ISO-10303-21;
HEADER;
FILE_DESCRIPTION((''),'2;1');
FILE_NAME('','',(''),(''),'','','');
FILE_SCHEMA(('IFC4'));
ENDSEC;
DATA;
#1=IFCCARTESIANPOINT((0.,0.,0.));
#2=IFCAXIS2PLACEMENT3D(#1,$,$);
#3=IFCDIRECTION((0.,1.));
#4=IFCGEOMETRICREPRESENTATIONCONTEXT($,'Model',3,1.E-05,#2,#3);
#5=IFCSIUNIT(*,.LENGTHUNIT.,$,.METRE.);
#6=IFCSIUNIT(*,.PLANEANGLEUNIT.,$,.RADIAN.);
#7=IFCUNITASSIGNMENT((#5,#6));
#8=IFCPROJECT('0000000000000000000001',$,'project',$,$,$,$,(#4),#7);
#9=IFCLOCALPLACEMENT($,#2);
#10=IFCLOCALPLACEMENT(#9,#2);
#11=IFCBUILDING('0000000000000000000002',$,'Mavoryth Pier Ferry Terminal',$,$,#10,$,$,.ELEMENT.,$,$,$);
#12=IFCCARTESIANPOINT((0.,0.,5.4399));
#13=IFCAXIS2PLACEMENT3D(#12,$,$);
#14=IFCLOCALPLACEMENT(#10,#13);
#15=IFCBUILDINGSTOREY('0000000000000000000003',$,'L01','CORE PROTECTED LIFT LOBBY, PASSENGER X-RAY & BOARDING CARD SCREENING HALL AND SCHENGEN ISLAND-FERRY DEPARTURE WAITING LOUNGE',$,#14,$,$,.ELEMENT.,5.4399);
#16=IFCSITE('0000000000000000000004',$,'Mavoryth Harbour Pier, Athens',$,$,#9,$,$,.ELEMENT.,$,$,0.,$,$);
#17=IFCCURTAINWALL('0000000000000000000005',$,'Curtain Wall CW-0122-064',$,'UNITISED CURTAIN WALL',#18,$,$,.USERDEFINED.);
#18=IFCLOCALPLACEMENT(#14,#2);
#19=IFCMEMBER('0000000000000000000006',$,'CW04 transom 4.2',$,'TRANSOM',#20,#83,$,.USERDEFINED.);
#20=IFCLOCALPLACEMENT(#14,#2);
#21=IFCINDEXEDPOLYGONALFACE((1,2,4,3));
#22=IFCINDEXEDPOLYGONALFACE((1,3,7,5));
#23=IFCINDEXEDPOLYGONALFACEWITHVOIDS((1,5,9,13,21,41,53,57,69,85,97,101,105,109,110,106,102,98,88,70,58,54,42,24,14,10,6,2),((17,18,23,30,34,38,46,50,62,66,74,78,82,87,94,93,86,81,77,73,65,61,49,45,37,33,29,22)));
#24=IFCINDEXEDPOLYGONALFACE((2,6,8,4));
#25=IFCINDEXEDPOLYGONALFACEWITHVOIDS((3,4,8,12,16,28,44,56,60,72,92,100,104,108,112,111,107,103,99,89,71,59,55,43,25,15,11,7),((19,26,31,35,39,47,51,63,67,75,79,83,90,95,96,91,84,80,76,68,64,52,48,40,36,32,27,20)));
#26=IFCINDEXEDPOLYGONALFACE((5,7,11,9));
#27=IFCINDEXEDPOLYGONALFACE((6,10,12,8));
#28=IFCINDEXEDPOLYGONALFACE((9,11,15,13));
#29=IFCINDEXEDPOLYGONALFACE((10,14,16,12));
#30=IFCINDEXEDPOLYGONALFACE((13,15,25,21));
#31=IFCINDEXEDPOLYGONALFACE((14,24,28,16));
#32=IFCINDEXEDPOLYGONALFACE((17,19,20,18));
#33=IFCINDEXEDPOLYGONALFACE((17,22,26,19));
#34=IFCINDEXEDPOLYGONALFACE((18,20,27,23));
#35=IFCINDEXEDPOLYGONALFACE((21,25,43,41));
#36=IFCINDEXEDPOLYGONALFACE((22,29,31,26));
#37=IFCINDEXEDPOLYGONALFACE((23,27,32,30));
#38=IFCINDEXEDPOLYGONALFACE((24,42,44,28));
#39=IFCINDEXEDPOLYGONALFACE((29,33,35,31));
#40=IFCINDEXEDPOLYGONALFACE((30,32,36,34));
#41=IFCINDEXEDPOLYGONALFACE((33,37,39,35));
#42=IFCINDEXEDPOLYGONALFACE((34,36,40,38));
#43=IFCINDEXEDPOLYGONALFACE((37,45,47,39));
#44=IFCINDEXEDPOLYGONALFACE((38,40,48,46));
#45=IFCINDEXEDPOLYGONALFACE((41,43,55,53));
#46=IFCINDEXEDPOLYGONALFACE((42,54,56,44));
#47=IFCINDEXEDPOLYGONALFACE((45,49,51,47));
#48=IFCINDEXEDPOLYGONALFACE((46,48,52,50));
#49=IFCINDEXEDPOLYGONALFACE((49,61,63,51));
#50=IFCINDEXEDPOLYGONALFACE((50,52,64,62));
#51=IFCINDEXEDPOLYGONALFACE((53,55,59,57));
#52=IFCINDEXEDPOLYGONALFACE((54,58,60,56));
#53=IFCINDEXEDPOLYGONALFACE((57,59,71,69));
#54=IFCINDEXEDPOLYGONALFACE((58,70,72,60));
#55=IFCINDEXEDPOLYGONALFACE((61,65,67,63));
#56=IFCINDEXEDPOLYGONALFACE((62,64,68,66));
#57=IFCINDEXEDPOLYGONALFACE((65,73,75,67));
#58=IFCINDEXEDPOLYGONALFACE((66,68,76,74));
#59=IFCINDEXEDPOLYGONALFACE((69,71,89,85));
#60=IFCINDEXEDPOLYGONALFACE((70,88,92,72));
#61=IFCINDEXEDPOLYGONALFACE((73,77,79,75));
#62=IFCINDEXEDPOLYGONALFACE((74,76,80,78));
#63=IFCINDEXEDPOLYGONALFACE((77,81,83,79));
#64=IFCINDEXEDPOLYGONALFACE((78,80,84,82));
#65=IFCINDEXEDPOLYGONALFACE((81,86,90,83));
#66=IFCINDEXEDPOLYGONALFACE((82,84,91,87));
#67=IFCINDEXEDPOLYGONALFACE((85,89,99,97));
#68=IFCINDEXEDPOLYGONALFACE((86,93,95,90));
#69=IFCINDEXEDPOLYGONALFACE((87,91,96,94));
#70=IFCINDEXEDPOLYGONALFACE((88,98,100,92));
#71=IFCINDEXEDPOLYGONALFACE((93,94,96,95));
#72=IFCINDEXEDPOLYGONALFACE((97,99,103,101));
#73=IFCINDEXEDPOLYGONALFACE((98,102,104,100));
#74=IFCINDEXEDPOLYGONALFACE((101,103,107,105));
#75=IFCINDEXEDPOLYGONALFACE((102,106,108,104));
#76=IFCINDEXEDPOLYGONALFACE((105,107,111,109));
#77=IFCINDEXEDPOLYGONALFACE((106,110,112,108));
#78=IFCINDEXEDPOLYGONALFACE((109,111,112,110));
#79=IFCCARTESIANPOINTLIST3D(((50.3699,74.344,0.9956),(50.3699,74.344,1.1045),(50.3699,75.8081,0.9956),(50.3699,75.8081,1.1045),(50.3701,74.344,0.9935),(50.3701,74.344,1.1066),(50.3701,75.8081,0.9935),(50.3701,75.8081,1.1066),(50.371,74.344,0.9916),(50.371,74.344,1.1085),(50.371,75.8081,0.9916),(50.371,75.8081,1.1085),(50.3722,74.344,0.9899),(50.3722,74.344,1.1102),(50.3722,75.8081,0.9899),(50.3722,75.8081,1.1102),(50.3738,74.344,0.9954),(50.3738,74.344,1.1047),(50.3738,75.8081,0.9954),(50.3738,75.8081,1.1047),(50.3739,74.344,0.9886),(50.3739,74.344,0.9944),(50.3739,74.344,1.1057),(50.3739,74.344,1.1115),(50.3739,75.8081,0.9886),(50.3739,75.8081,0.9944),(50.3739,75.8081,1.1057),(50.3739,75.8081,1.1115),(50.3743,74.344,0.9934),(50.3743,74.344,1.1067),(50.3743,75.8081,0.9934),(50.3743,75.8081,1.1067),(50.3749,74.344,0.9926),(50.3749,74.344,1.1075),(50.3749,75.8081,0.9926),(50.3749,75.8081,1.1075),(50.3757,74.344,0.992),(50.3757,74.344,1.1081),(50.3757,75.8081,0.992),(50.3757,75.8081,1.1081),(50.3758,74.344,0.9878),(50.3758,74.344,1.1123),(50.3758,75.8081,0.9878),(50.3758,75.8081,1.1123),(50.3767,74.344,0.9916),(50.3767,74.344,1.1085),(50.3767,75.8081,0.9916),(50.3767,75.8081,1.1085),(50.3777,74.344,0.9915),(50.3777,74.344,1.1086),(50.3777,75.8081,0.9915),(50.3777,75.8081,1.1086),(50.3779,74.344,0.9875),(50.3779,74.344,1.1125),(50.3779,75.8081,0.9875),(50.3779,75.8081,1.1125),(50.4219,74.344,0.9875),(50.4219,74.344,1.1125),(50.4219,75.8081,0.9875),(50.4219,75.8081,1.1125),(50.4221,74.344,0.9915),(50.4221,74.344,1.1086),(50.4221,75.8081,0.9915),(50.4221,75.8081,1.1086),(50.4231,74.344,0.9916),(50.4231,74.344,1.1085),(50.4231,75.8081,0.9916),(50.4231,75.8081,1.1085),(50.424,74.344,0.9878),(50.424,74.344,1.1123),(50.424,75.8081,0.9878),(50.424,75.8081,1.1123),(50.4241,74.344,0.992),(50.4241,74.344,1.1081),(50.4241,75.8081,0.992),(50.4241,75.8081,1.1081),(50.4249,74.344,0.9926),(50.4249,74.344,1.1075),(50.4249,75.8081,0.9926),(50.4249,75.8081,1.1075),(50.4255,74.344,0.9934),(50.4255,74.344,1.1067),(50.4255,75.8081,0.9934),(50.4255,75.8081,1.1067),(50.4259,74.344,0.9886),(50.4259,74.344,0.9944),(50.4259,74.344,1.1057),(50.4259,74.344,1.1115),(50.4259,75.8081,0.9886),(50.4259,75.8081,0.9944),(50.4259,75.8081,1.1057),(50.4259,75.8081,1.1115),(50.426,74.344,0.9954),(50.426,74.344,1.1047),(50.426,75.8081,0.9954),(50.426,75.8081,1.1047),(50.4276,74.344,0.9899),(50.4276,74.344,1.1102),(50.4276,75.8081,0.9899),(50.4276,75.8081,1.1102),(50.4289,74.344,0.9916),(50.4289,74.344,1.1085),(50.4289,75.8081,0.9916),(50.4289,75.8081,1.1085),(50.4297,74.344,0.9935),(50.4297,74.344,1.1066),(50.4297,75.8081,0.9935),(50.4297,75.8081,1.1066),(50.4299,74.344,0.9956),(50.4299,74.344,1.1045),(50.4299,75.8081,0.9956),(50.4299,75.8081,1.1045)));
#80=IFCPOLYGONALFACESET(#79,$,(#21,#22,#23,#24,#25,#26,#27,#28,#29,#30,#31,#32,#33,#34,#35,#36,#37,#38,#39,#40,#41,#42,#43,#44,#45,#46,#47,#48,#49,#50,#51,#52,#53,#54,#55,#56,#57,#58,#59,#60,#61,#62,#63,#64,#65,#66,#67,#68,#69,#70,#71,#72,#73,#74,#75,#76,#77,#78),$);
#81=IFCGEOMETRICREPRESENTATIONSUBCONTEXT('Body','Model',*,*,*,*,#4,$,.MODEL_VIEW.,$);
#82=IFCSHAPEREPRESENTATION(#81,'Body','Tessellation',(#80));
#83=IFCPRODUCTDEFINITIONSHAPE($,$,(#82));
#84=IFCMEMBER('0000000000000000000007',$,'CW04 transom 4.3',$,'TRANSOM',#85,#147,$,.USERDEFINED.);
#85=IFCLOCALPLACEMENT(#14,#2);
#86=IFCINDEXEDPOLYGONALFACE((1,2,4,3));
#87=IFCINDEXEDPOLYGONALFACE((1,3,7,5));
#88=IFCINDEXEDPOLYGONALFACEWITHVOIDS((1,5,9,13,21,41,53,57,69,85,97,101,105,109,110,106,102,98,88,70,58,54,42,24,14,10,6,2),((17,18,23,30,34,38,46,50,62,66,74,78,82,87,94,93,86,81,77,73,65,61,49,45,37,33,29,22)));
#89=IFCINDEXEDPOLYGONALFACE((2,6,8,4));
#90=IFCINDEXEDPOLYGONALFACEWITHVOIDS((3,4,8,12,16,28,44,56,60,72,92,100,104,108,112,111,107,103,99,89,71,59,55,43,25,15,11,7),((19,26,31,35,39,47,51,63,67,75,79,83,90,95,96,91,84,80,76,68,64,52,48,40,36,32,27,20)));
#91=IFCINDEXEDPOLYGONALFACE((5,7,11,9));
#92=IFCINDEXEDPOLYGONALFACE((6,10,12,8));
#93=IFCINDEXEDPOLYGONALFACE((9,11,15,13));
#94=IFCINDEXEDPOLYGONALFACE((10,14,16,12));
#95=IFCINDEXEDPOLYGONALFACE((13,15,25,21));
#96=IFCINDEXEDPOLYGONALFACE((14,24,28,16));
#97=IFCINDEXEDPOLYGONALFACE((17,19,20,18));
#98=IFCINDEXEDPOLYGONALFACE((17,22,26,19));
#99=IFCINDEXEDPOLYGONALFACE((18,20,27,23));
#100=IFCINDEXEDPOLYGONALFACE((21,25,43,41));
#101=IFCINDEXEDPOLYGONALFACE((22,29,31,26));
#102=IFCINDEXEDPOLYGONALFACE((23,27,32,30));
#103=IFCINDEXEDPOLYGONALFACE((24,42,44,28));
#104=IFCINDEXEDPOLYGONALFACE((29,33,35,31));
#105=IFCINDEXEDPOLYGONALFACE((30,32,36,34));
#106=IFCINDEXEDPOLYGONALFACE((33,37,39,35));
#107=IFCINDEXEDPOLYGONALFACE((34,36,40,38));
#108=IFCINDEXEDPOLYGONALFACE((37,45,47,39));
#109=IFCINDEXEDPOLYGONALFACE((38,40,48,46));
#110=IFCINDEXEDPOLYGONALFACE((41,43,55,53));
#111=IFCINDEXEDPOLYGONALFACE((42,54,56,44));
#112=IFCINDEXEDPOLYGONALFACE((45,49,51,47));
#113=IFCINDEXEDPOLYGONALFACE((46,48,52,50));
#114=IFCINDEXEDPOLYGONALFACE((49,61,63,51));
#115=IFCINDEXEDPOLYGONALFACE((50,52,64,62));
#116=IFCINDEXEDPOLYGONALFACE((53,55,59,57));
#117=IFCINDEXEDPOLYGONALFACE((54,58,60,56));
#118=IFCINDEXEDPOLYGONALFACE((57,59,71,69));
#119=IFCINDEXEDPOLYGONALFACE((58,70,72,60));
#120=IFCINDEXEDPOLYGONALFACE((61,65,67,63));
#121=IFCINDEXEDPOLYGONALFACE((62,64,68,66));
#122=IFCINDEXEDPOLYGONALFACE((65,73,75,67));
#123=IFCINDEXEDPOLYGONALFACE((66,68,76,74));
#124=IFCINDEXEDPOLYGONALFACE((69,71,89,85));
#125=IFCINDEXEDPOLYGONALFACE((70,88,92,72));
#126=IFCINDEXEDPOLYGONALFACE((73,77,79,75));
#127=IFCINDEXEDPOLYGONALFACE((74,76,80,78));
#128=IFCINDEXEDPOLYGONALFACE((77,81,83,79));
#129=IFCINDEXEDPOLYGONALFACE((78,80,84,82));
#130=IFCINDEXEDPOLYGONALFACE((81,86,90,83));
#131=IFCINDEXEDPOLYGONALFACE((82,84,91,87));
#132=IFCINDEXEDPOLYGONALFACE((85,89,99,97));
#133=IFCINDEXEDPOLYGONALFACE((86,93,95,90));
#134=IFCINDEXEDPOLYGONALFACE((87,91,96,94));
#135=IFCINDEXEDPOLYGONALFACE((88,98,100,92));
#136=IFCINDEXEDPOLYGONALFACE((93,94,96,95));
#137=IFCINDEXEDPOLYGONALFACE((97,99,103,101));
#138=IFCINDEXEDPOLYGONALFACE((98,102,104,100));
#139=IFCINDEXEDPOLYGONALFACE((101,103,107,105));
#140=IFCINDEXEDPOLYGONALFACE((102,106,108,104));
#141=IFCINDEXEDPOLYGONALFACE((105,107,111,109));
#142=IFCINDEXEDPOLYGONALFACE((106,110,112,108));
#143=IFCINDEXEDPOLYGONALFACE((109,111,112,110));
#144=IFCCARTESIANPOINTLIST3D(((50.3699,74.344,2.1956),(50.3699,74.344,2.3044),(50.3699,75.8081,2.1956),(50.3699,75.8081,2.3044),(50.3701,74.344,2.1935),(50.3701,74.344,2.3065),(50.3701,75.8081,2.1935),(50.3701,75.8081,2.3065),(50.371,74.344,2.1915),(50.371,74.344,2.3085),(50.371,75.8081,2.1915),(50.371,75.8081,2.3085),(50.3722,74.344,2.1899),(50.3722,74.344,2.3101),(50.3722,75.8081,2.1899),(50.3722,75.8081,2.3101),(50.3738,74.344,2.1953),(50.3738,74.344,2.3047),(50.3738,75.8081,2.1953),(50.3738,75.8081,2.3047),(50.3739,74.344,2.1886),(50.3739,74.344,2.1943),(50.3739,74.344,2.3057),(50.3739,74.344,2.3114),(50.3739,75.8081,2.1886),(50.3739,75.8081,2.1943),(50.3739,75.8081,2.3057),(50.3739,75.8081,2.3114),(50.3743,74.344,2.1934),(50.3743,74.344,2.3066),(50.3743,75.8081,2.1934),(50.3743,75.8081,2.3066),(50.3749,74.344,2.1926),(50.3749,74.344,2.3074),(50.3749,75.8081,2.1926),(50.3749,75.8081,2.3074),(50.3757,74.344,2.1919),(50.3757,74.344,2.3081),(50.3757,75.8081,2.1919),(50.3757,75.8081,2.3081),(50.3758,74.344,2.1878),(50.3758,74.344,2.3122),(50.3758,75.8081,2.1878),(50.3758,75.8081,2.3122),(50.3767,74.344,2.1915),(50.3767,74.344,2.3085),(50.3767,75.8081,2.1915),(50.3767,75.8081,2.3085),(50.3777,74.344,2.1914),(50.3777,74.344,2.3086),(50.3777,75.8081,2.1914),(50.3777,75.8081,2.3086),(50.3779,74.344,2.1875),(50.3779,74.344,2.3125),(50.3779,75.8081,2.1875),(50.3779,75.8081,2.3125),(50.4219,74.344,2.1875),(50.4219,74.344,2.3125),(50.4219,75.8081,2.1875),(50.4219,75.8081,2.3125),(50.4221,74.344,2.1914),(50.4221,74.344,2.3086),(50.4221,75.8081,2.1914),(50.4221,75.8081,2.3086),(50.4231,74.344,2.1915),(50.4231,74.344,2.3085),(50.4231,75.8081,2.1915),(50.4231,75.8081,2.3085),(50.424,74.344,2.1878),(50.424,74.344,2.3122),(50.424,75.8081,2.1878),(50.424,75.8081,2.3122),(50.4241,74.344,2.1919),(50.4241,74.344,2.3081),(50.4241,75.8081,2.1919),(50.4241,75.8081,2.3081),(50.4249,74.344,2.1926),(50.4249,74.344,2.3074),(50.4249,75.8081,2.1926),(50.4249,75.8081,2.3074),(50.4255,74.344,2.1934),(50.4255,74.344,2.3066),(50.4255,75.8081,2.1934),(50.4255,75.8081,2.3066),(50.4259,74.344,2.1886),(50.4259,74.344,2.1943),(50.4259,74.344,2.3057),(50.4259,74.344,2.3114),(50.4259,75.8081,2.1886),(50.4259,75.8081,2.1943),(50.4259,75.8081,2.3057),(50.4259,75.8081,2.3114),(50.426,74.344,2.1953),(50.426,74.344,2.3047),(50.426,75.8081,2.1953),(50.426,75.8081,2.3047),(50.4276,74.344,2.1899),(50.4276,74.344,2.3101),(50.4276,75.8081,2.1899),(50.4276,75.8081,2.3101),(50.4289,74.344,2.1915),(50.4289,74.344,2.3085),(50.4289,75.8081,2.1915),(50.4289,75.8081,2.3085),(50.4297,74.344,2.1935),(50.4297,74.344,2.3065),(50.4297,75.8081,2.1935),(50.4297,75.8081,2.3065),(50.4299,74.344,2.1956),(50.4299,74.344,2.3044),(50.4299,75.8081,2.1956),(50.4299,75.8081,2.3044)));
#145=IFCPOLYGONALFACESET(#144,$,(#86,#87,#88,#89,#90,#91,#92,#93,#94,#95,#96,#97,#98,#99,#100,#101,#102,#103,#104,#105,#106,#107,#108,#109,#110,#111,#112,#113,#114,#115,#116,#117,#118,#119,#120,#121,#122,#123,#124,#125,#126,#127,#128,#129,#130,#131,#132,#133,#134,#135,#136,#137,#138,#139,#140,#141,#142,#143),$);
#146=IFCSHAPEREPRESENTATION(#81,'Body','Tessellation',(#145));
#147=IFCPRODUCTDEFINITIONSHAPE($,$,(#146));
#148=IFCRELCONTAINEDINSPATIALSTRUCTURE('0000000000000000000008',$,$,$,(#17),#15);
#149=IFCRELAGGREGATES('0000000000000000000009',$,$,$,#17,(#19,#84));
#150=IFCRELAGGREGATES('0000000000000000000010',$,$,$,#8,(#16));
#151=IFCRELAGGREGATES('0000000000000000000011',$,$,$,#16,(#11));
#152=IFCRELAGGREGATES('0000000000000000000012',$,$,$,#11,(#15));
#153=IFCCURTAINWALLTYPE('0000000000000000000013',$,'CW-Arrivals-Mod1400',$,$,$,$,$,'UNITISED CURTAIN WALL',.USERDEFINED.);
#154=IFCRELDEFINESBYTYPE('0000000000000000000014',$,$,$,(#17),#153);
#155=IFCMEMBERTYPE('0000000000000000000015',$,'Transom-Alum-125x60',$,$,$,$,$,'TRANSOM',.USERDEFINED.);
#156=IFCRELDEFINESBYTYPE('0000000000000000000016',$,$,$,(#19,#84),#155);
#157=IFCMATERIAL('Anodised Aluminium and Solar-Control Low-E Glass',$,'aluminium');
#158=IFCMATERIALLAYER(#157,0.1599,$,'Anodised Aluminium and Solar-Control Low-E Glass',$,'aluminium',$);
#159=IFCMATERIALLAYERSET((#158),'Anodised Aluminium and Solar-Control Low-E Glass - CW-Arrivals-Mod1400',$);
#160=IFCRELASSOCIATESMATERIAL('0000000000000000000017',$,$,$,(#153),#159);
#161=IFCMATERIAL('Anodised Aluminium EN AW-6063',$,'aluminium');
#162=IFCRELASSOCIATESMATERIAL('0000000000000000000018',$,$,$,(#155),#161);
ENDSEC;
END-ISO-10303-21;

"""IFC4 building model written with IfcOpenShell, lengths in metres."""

from ifc_helpers import new_model, si_unit, direction, frame, origin, origin_2d, place, context, subcontext, project, spatial, hollow_rectangle, extrude, material, layer, layer_set, material_profile, profile_set, type_object, element, aggregate, save


model = new_model("IFC4")

# Units and contexts
model_context = context("Model", 3, precision=1e-05, world=origin(), true_north=direction((0.0, 1.0)))
body_context = subcontext(model_context, "Body", "Model", "MODEL_VIEW")
ifc_project = project(units=[si_unit("LENGTHUNIT", "METRE"), si_unit("PLANEANGLEUNIT", "RADIAN")], contexts=[model_context])

# Site, building, storey
site_placement = place(None, origin())
site = spatial("IfcSite", under=ifc_project, at=site_placement, Name="Mavoryth Harbour Pier, Athens", CompositionType="ELEMENT", RefElevation=0.0)
building_placement = place(site_placement, origin())
building = spatial("IfcBuilding", under=site, at=building_placement, Name="Mavoryth Pier Ferry Terminal", CompositionType="ELEMENT")
storey_placement = place(building_placement, frame((0.0, 0.0, 5.4399)))
storey = spatial("IfcBuildingStorey", under=building, at=storey_placement, Name="L01", Description="CORE PROTECTED LIFT LOBBY, PASSENGER X-RAY & BOARDING CARD SCREENING HALL AND SCHENGEN ISLAND-FERRY DEPARTURE WAITING LOUNGE", CompositionType="ELEMENT", Elevation=5.4399)

# Curtain wall, members
ifc_material_1 = material(Name="Anodised Aluminium and Solar-Control Low-E Glass", Category="aluminium")
ifc_layer_1 = layer(ifc_material_1, 0.1599, Name="Anodised Aluminium and Solar-Control Low-E Glass", Category="aluminium")
ifc_layer_set_1 = layer_set([ifc_layer_1], Name="Anodised Aluminium and Solar-Control Low-E Glass - CW-Arrivals-Mod1400")
curtain_wall_type = type_object("IfcCurtainWallType", Name="CW-Arrivals-Mod1400", ElementType="UNITISED CURTAIN WALL", PredefinedType="USERDEFINED", material=ifc_layer_set_1)
curtain_wall_placement = place(storey_placement, origin())
curtain_wall = element("IfcCurtainWall", 1, at=curtain_wall_placement, inside=storey, type_object=curtain_wall_type, Name="Curtain Wall CW-0122-064", ObjectType="UNITISED CURTAIN WALL", PredefinedType="USERDEFINED")
ifc_material_2 = material(Name="Anodised Aluminium EN AW-6063", Category="aluminium")
ifc_material_profile_1 = material_profile(ifc_material_2, hollow_rectangle(XDim=0.0601, YDim=0.125, WallThickness=0.0039, InnerFilletRadius=0.0039, OuterFilletRadius=0.0081, at=origin_2d()), Name="AL-TRAN 125x60x4", Category="aluminium")
ifc_profile_set_1 = profile_set([ifc_material_profile_1], Name="Anodised Aluminium EN AW-6063 - AL-TRAN 125x60x4")
member_type_1 = type_object("IfcMemberType", Name="Transom-Alum-125x60", ElementType="TRANSOM", PredefinedType="USERDEFINED", material=ifc_profile_set_1)
member_1_placement = place(storey_placement, frame((50.3999, 75.8081, 1.05), z_axis=(0.0, -1.0, 0.0), x_axis=(1.0, 0.0, 0.0)))
member_1 = element("IfcMember", 2, at=member_1_placement, type_object=member_type_1, Name="CW04 transom 4.2", ObjectType="TRANSOM", PredefinedType="USERDEFINED", context=body_context, shape_type="SweptSolid", body=[
    extrude(hollow_rectangle(XDim=0.0601, YDim=0.125, WallThickness=0.0039, InnerFilletRadius=0.0039, OuterFilletRadius=0.0081, at=origin_2d()), origin(), (0.0, 0.0, 1.0), 1.4641),
])
member_2_placement = place(storey_placement, frame((50.3999, 75.8081, 2.25), z_axis=(0.0, -1.0, 0.0), x_axis=(1.0, 0.0, 0.0)))
member_2 = element("IfcMember", 3, at=member_2_placement, type_object=member_type_1, Name="CW04 transom 4.3", ObjectType="TRANSOM", PredefinedType="USERDEFINED", context=body_context, shape_type="SweptSolid", body=[
    extrude(hollow_rectangle(XDim=0.0601, YDim=0.125, WallThickness=0.0039, InnerFilletRadius=0.0039, OuterFilletRadius=0.0081, at=origin_2d()), origin(), (0.0, 0.0, 1.0), 1.4641),
])
aggregate(curtain_wall, [member_1, member_2])

save(model, "model.ifc")
